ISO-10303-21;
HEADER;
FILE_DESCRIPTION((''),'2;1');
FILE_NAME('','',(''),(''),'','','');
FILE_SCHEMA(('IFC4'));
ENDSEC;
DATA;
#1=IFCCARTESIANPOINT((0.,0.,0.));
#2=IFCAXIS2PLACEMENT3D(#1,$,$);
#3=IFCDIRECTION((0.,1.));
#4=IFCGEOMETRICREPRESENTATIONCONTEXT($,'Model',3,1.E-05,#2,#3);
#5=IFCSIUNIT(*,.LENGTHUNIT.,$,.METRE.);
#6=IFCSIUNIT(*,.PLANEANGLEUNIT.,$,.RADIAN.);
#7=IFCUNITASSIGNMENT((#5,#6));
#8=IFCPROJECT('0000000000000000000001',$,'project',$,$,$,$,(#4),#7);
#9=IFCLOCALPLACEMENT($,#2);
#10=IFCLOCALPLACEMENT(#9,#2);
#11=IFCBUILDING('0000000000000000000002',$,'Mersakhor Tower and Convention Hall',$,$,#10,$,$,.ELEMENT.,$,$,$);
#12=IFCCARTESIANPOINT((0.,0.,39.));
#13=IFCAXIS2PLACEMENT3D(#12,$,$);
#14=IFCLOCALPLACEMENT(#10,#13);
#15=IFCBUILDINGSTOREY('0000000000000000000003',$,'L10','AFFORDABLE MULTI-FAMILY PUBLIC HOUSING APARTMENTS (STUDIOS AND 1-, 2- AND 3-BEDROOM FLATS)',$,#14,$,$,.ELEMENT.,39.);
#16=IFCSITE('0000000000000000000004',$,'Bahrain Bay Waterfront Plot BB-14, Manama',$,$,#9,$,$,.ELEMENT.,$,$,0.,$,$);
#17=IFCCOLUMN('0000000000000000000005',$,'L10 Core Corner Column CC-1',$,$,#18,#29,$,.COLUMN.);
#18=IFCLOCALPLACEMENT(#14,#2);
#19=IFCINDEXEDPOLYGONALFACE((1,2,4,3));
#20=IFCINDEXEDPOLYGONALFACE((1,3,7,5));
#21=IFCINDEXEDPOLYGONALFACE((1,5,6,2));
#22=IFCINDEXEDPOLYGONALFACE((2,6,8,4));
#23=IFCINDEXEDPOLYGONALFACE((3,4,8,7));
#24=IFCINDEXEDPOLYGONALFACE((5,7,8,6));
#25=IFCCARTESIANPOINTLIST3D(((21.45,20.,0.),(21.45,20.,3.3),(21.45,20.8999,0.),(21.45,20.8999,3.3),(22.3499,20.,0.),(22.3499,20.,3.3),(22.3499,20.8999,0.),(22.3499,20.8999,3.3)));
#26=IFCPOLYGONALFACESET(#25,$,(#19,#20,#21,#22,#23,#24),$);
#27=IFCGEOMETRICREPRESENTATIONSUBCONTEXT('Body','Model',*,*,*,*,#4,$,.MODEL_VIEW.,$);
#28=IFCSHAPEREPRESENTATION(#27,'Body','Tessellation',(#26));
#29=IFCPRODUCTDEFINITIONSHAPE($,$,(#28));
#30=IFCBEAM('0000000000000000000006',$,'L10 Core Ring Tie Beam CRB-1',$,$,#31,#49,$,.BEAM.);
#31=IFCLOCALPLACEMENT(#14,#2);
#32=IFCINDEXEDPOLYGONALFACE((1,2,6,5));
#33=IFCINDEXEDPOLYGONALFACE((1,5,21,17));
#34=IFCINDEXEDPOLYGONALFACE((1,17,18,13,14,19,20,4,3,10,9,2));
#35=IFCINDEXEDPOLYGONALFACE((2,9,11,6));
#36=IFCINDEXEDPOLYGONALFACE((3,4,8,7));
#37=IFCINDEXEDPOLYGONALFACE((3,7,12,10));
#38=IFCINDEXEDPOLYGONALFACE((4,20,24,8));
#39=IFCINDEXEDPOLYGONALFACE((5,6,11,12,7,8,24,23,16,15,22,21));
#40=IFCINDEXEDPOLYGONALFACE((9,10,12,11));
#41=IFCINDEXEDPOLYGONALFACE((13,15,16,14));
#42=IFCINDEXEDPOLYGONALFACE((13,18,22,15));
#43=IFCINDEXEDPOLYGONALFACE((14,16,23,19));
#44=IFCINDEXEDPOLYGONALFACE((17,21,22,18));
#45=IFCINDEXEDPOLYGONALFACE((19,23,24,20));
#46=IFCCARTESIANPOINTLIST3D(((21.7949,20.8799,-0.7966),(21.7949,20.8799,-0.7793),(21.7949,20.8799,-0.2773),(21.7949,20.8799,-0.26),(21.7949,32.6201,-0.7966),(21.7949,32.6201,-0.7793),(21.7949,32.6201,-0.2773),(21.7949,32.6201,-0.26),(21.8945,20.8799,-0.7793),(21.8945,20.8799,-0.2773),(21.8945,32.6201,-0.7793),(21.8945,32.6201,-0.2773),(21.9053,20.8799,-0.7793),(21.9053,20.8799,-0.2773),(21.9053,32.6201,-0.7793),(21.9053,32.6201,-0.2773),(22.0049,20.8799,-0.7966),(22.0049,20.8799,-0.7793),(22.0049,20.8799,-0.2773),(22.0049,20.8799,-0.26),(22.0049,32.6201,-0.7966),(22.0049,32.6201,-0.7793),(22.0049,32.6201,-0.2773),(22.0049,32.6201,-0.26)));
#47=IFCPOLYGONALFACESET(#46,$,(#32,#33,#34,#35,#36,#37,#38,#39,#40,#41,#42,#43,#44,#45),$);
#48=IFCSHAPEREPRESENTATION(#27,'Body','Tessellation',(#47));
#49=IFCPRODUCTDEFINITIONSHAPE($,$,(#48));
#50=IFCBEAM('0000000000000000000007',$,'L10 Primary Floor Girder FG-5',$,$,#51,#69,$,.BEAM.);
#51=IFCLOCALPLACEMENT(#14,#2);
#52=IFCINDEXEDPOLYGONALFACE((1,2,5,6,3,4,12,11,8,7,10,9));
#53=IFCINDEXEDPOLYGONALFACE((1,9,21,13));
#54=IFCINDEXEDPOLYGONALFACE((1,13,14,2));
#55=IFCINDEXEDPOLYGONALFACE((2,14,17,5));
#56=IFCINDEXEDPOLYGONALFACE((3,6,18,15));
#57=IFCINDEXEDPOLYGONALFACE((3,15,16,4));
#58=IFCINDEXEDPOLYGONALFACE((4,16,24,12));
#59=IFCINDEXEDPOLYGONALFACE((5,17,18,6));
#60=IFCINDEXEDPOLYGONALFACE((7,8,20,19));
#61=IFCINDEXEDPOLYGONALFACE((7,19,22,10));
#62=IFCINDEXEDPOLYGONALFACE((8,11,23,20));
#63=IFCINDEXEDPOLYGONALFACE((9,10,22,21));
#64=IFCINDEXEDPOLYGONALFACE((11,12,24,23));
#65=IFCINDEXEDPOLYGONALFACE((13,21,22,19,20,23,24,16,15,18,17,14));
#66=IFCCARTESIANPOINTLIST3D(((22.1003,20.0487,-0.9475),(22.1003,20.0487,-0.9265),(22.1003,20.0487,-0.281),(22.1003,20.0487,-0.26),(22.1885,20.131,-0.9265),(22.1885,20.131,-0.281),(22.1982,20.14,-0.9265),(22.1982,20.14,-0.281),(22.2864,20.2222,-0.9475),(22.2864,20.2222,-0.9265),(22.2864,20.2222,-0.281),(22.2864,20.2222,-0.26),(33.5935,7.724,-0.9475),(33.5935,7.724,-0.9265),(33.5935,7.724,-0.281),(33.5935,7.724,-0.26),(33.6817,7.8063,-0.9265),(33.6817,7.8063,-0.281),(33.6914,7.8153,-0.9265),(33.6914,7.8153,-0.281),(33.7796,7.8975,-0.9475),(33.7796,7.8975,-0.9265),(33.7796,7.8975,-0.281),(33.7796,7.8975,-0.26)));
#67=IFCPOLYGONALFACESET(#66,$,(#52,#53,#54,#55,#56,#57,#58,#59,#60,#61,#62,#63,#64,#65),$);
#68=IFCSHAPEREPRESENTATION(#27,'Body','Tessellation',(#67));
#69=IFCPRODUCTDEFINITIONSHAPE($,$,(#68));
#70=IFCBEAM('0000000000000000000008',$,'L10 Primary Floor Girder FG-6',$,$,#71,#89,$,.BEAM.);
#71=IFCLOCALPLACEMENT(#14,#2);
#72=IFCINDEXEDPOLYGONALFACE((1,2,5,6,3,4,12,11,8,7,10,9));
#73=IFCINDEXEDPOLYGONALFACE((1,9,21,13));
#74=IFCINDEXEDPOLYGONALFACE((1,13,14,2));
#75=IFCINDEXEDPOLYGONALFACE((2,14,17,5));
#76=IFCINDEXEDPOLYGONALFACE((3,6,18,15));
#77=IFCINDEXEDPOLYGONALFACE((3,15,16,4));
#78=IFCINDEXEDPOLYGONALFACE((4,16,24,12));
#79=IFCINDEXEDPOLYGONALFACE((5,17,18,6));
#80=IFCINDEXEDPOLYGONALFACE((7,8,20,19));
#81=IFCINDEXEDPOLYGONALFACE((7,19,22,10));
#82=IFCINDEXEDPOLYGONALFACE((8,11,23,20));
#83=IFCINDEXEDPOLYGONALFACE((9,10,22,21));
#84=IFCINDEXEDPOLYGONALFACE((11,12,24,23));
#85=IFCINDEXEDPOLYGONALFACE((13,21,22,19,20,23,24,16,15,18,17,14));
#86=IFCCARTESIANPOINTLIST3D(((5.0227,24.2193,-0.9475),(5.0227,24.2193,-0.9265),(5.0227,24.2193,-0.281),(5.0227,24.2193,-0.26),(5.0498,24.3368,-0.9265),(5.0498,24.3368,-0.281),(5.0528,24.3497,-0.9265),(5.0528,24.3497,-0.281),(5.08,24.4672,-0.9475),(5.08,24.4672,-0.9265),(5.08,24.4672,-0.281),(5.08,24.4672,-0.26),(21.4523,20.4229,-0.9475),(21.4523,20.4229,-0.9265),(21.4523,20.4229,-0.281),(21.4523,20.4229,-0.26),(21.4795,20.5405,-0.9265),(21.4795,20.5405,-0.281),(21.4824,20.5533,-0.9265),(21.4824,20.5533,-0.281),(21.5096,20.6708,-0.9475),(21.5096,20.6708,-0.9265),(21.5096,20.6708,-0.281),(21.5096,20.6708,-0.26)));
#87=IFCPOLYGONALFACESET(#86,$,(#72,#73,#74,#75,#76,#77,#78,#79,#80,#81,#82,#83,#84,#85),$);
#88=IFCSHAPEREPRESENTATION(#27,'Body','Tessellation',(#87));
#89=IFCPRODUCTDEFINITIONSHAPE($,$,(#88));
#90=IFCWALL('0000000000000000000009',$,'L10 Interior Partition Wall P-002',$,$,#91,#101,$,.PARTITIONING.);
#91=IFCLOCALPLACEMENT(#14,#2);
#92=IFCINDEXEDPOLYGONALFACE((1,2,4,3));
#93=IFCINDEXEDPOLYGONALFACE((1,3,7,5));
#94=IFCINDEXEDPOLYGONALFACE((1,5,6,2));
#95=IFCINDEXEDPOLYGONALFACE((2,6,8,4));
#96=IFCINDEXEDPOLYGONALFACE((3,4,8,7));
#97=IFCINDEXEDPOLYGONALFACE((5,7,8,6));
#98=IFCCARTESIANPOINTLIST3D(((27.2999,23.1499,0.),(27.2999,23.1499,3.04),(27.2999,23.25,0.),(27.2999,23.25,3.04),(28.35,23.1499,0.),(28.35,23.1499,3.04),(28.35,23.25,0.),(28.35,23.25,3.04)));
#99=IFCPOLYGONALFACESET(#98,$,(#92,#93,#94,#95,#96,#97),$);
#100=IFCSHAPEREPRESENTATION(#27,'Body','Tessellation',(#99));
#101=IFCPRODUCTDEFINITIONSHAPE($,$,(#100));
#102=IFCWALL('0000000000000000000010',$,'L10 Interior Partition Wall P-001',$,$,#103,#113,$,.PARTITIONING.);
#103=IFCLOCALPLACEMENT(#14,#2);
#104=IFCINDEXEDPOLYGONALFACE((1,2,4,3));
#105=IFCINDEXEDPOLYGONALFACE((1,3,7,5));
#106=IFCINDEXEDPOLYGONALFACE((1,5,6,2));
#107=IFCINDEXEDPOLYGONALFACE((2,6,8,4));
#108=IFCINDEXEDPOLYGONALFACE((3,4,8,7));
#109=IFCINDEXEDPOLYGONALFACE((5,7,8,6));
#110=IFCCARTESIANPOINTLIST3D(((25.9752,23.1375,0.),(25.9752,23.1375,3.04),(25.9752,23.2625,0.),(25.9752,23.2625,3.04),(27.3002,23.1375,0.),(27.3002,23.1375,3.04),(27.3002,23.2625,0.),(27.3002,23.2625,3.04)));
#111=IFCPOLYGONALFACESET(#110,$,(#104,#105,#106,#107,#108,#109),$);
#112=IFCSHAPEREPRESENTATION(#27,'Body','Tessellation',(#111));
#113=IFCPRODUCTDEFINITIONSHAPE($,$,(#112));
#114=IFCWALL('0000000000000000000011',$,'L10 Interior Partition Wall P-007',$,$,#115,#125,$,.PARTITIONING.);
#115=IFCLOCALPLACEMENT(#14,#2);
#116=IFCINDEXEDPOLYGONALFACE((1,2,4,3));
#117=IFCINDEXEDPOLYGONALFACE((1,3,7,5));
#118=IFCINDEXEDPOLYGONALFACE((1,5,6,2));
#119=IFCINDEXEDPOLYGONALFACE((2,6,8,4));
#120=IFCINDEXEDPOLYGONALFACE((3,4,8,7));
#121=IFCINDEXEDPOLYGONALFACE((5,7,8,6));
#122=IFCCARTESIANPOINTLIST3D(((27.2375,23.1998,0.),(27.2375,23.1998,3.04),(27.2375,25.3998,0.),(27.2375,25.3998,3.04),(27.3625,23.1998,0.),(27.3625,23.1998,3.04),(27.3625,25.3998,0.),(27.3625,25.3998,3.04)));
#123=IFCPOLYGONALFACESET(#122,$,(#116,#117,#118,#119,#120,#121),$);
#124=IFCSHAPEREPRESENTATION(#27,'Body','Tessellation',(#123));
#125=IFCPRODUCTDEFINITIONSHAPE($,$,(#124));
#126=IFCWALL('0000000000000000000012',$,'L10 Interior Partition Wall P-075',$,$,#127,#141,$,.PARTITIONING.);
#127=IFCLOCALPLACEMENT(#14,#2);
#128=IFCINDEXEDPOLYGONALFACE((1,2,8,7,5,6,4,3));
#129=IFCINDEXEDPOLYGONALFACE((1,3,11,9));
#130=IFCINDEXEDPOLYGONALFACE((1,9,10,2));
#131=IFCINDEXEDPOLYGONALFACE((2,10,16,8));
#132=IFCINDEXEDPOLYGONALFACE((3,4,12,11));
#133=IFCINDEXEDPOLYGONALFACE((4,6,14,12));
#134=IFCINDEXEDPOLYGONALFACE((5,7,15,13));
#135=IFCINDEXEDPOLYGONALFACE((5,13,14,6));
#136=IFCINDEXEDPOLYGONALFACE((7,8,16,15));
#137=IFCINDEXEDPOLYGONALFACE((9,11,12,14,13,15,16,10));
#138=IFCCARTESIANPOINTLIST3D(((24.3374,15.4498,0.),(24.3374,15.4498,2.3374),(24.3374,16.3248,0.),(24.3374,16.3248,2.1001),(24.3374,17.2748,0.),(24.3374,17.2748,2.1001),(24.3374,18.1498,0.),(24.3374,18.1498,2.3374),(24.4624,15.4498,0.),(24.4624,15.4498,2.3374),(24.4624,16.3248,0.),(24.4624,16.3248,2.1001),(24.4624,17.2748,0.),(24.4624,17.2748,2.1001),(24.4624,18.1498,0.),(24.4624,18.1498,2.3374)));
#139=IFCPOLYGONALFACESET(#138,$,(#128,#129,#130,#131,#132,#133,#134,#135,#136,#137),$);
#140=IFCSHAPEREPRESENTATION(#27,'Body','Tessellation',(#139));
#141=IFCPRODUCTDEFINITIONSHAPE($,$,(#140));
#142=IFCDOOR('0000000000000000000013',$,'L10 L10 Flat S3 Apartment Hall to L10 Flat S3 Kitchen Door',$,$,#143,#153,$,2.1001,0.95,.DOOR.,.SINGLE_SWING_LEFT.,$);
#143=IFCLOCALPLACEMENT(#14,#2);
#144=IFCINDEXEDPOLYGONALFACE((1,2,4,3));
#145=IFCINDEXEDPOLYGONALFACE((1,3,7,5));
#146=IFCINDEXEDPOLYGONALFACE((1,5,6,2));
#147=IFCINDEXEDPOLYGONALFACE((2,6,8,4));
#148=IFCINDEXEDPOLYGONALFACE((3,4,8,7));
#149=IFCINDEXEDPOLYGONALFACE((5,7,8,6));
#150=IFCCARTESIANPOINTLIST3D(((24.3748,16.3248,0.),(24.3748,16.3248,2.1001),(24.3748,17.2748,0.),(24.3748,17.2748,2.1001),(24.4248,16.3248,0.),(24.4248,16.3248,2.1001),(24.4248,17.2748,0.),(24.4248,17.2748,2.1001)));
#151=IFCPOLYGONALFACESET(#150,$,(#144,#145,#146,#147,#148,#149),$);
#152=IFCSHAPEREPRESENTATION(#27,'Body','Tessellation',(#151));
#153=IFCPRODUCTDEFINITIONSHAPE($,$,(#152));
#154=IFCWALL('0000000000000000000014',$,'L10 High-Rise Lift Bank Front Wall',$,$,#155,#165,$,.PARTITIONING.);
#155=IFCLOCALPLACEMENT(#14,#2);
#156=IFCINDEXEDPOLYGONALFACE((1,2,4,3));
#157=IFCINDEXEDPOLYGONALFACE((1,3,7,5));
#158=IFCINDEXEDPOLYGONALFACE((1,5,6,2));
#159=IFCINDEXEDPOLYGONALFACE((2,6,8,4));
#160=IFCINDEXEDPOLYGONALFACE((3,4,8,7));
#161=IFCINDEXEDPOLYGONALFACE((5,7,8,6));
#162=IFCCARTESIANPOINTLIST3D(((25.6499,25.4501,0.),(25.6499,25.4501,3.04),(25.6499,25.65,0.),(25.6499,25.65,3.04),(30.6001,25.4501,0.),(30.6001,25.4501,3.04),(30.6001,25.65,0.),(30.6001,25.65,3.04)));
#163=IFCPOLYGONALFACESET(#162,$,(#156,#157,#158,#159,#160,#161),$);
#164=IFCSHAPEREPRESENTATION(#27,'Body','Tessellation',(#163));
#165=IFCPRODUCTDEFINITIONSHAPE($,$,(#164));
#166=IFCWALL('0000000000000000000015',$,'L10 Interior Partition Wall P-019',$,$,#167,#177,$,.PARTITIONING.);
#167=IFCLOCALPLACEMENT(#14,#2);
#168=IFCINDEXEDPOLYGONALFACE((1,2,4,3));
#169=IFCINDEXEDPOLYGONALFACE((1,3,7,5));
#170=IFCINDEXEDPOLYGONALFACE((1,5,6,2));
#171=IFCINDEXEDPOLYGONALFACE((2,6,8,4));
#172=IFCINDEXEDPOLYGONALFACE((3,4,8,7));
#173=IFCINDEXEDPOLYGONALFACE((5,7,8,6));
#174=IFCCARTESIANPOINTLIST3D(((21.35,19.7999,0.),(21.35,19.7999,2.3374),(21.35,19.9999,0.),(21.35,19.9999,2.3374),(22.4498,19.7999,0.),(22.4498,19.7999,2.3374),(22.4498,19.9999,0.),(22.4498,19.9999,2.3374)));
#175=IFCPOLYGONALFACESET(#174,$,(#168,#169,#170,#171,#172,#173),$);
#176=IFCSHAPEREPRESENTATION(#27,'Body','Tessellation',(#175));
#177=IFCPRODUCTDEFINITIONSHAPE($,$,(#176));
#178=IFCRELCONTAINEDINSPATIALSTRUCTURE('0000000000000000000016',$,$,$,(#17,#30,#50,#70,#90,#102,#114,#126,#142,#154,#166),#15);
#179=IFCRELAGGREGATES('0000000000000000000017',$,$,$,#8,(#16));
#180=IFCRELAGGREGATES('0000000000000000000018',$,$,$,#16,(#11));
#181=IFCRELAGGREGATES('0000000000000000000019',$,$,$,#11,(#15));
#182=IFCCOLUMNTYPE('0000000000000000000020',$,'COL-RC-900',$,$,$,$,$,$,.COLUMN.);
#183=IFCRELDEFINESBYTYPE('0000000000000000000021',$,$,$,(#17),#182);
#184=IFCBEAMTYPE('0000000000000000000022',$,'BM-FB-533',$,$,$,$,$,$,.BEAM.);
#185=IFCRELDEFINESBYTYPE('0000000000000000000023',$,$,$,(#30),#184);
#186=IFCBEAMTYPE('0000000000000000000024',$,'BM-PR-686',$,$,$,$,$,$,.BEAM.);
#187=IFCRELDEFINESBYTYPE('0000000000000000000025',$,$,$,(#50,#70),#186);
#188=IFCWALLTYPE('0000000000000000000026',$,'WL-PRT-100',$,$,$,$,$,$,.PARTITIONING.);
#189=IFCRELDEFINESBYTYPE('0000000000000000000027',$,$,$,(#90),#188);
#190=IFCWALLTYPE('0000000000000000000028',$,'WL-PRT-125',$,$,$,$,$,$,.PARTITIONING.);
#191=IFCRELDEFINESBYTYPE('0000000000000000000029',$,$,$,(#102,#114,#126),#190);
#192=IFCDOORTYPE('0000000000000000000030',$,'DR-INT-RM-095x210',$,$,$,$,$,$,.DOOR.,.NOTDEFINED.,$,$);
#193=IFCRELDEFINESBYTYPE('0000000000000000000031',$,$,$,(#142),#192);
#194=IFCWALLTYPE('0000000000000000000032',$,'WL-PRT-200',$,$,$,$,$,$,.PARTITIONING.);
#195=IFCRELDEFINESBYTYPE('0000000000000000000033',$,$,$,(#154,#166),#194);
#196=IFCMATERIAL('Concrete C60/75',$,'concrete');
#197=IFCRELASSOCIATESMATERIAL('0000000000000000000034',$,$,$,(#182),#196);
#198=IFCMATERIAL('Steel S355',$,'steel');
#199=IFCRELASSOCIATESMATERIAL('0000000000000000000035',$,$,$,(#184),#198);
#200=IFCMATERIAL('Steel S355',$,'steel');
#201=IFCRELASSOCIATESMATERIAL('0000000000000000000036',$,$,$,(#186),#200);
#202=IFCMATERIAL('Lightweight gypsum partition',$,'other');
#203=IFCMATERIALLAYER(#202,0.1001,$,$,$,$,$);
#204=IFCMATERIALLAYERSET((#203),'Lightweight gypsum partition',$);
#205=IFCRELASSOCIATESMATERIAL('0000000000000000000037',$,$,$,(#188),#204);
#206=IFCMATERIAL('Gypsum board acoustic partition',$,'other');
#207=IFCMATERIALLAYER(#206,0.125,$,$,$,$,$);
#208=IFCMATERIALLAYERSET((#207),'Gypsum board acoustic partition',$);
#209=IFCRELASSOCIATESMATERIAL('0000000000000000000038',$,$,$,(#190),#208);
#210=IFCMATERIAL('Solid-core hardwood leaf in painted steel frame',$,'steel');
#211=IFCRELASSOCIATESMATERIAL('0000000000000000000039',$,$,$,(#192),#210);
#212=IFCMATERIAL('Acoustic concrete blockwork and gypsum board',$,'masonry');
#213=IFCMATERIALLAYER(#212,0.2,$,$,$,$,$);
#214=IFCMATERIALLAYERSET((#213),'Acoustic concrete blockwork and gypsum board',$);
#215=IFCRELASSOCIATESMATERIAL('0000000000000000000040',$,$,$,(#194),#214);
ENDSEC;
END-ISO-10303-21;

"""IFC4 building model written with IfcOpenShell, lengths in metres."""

from ifc_helpers import new_model, si_unit, direction, frame, frame_2d, origin, origin_2d, place, context, subcontext, project, spatial, rectangle, i_section, extrude, material, layer, layer_set, material_profile, profile_set, type_object, element, fill, save


model = new_model("IFC4")

# Units and contexts
model_context = context("Model", 3, precision=1e-05, world=origin(), true_north=direction((0.0, 1.0)))
body_context = subcontext(model_context, "Body", "Model", "MODEL_VIEW")
ifc_project = project(units=[si_unit("LENGTHUNIT", "METRE"), si_unit("PLANEANGLEUNIT", "RADIAN")], contexts=[model_context])

# Site, building, storey
site_placement = place(None, origin())
site = spatial("IfcSite", under=ifc_project, at=site_placement, Name="Bahrain Bay Waterfront Plot BB-14, Manama", CompositionType="ELEMENT", RefElevation=0.0)
building_placement = place(site_placement, origin())
building = spatial("IfcBuilding", under=site, at=building_placement, Name="Mersakhor Tower and Convention Hall", CompositionType="ELEMENT")
storey_placement = place(building_placement, frame((0.0, 0.0, 39.0)))
storey = spatial("IfcBuildingStorey", under=building, at=storey_placement, Name="L10", Description="AFFORDABLE MULTI-FAMILY PUBLIC HOUSING APARTMENTS (STUDIOS AND 1-, 2- AND 3-BEDROOM FLATS)", CompositionType="ELEMENT", Elevation=39.0)

# Column
ifc_material_1 = material(Name="Concrete C60/75", Category="concrete")
ifc_material_profile_1 = material_profile(ifc_material_1, rectangle(XDim=0.8999, YDim=0.8999, at=origin_2d()), Name="RC 900x900")
ifc_profile_set_1 = profile_set([ifc_material_profile_1], Name="Concrete C60/75")
column_type = type_object("IfcColumnType", Name="COL-RC-900", PredefinedType="COLUMN", material=ifc_profile_set_1)
column_placement = place(storey_placement, frame((21.8999, 20.45, 0.0), z_axis=(0.0, 0.0, 1.0), x_axis=(1.0, 0.0, 0.0)))
element("IfcColumn", 1, at=column_placement, inside=storey, type_object=column_type, Name="L10 Core Corner Column CC-1", PredefinedType="COLUMN", context=body_context, shape_type="SweptSolid", body=[
    extrude(rectangle(XDim=0.8999, YDim=0.8999, at=origin_2d()), origin(), (0.0, 0.0, 1.0), 3.3),
])

# Beams
ifc_material_2 = material(Name="Steel S355", Category="steel")
ifc_material_profile_2 = material_profile(ifc_material_2, i_section(OverallWidth=0.21, OverallDepth=0.5366, WebThickness=0.0107, FlangeThickness=0.0173, at=origin_2d()), Name="UB 533x210x101")
ifc_profile_set_2 = profile_set([ifc_material_profile_2], Name="Steel S355")
beam_type_1 = type_object("IfcBeamType", Name="BM-FB-533", PredefinedType="BEAM", material=ifc_profile_set_2)
beam_1_placement = place(storey_placement, frame((21.8999, 20.8799, -0.5283), z_axis=(0.0, 1.0, 0.0), x_axis=(-1.0, 0.0, 0.0)))
element("IfcBeam", 2, at=beam_1_placement, inside=storey, type_object=beam_type_1, Name="L10 Core Ring Tie Beam CRB-1", PredefinedType="BEAM", context=body_context, shape_type="SweptSolid", body=[
    extrude(i_section(OverallWidth=0.21, OverallDepth=0.5366, WebThickness=0.0107, FlangeThickness=0.0173, at=origin_2d()), origin(), (0.0, 0.0, 1.0), 11.7402),
])
ifc_material_3 = material(Name="Steel S355", Category="steel")
ifc_material_profile_3 = material_profile(ifc_material_3, i_section(OverallWidth=0.2544, OverallDepth=0.6875, WebThickness=0.0132, FlangeThickness=0.021, at=origin_2d()), Name="UB 686x254x152")
ifc_profile_set_3 = profile_set([ifc_material_profile_3], Name="Steel S355")
beam_type_2 = type_object("IfcBeamType", Name="BM-PR-686", PredefinedType="BEAM", material=ifc_profile_set_3)
beam_2_placement = place(storey_placement, frame((22.1934, 20.1355, -0.6038), z_axis=(0.682004, -0.731348, 0.0), x_axis=(0.731348, 0.682004, 0.0)))
element("IfcBeam", 3, at=beam_2_placement, inside=storey, type_object=beam_type_2, Name="L10 Primary Floor Girder FG-5", PredefinedType="BEAM", context=body_context, shape_type="SweptSolid", body=[
    extrude(i_section(OverallWidth=0.2544, OverallDepth=0.6875, WebThickness=0.0132, FlangeThickness=0.021, at=origin_2d()), origin(), (0.0, 0.0, 1.0), 16.8521),
])
beam_3_placement = place(storey_placement, frame((21.481, 20.5469, -0.6038), z_axis=(-0.974327, 0.225137, 0.0), x_axis=(-0.225137, -0.974327, 0.0)))
element("IfcBeam", 4, at=beam_3_placement, inside=storey, type_object=beam_type_2, Name="L10 Primary Floor Girder FG-6", PredefinedType="BEAM", context=body_context, shape_type="SweptSolid", body=[
    extrude(i_section(OverallWidth=0.2544, OverallDepth=0.6875, WebThickness=0.0132, FlangeThickness=0.021, at=origin_2d()), origin(), (0.0, 0.0, 1.0), 16.8625),
])

# Walls
ifc_material_4 = material(Name="Lightweight gypsum partition", Category="other")
ifc_layer_1 = layer(ifc_material_4, 0.1001)
ifc_layer_set_1 = layer_set([ifc_layer_1], Name="Lightweight gypsum partition")
wall_type_1 = type_object("IfcWallType", Name="WL-PRT-100", PredefinedType="PARTITIONING", material=ifc_layer_set_1)
wall_1_placement = place(storey_placement, frame((27.3, 23.2, 0.0), z_axis=(0.0, 0.0, 1.0), x_axis=(1.0, 0.0, 0.0)))
element("IfcWall", 5, at=wall_1_placement, inside=storey, type_object=wall_type_1, Name="L10 Interior Partition Wall P-002", PredefinedType="PARTITIONING", context=body_context, shape_type="SweptSolid", body=[
    extrude(rectangle(XDim=1.05, YDim=0.1001, at=frame_2d((0.5249, 0.0))), origin(), (0.0, 0.0, 1.0), 3.04),
])
ifc_material_5 = material(Name="Gypsum board acoustic partition", Category="other")
ifc_layer_2 = layer(ifc_material_5, 0.125)
ifc_layer_set_2 = layer_set([ifc_layer_2], Name="Gypsum board acoustic partition")
wall_type_2 = type_object("IfcWallType", Name="WL-PRT-125", PredefinedType="PARTITIONING", material=ifc_layer_set_2)
wall_2_placement = place(storey_placement, frame((25.9751, 23.2, 0.0), z_axis=(0.0, 0.0, 1.0), x_axis=(1.0, 0.0, 0.0)))
element("IfcWall", 6, at=wall_2_placement, inside=storey, type_object=wall_type_2, Name="L10 Interior Partition Wall P-001", PredefinedType="PARTITIONING", context=body_context, shape_type="SweptSolid", body=[
    extrude(rectangle(XDim=1.325, YDim=0.125, at=frame_2d((0.6626, 0.0))), origin(), (0.0, 0.0, 1.0), 3.04),
])
wall_3_placement = place(storey_placement, frame((27.3, 25.3999, 0.0), z_axis=(0.0, 0.0, 1.0), x_axis=(0.0, -1.0, 0.0)))
element("IfcWall", 7, at=wall_3_placement, inside=storey, type_object=wall_type_2, Name="L10 Interior Partition Wall P-007", PredefinedType="PARTITIONING", context=body_context, shape_type="SweptSolid", body=[
    extrude(rectangle(XDim=2.2, YDim=0.125, at=frame_2d((1.1001, 0.0))), origin(), (0.0, 0.0, 1.0), 3.04),
])

# Wall, opening, door
wall_4_placement = place(storey_placement, frame((24.3999, 18.1499, 0.0), z_axis=(0.0, 0.0, 1.0), x_axis=(0.0, -1.0, 0.0)))
wall_4 = element("IfcWall", 8, at=wall_4_placement, inside=storey, type_object=wall_type_2, Name="L10 Interior Partition Wall P-075", PredefinedType="PARTITIONING", context=body_context, shape_type="SweptSolid", body=[
    extrude(rectangle(XDim=2.7, YDim=0.125, at=frame_2d((1.3501, 0.0))), origin(), (0.0, 0.0, 1.0), 2.3374),
])
opening_1_placement = place(wall_4_placement, frame((0.875, 0.0, 0.0)))
opening_1 = element("IfcOpeningElement", 9, at=opening_1_placement, cuts=wall_4, PredefinedType="OPENING", context=body_context, shape_type="SweptSolid", body=[
    extrude(rectangle(XDim=0.95, YDim=2.1001, at=frame_2d((0.4751, 1.05))), frame((0.0, 0.0725, 0.0), z_axis=(0.0, -1.0, 0.0), x_axis=(1.0, 0.0, 0.0)), (0.0, 0.0, 1.0), 0.145),
])
ifc_material_6 = material(Name="Solid-core hardwood leaf in painted steel frame", Category="steel")
door_type_1 = type_object("IfcDoorType", Name="DR-INT-RM-095x210", OperationType="NOTDEFINED", PredefinedType="DOOR", material=ifc_material_6)
door_1_placement = place(opening_1_placement, origin())
door_1 = element("IfcDoor", 10, at=door_1_placement, inside=storey, type_object=door_type_1, Name="L10 L10 Flat S3 Apartment Hall to L10 Flat S3 Kitchen Door", OperationType="SINGLE_SWING_LEFT", OverallHeight=2.1001, OverallWidth=0.95, PredefinedType="DOOR", context=body_context, shape_type="SweptSolid", body=[
    extrude(rectangle(XDim=0.95, YDim=2.1001, at=frame_2d((0.4751, 1.05))), frame((0.0, 0.0249, 0.0), z_axis=(0.0, -1.0, 0.0), x_axis=(1.0, 0.0, 0.0)), (0.0, 0.0, 1.0), 0.05),
])
fill(opening_1, door_1)

# Walls
ifc_material_7 = material(Name="Acoustic concrete blockwork and gypsum board", Category="masonry")
ifc_layer_3 = layer(ifc_material_7, 0.2)
ifc_layer_set_3 = layer_set([ifc_layer_3], Name="Acoustic concrete blockwork and gypsum board")
wall_type_3 = type_object("IfcWallType", Name="WL-PRT-200", PredefinedType="PARTITIONING", material=ifc_layer_set_3)
wall_5_placement = place(storey_placement, frame((25.6499, 25.55, 0.0), z_axis=(0.0, 0.0, 1.0), x_axis=(1.0, 0.0, 0.0)))
element("IfcWall", 11, at=wall_5_placement, inside=storey, type_object=wall_type_3, Name="L10 High-Rise Lift Bank Front Wall", PredefinedType="PARTITIONING", context=body_context, shape_type="SweptSolid", body=[
    extrude(rectangle(XDim=4.9502, YDim=0.2, at=frame_2d((2.4751, 0.0))), origin(), (0.0, 0.0, 1.0), 3.04),
])
wall_6_placement = place(storey_placement, frame((21.3501, 19.8999, 0.0), z_axis=(0.0, 0.0, 1.0), x_axis=(1.0, 0.0, 0.0)))
element("IfcWall", 12, at=wall_6_placement, inside=storey, type_object=wall_type_3, Name="L10 Interior Partition Wall P-019", PredefinedType="PARTITIONING", context=body_context, shape_type="SweptSolid", body=[
    extrude(rectangle(XDim=1.0999, YDim=0.2, at=frame_2d((0.5498, 0.0))), origin(), (0.0, 0.0, 1.0), 2.3374),
])

save(model, "model.ifc")
